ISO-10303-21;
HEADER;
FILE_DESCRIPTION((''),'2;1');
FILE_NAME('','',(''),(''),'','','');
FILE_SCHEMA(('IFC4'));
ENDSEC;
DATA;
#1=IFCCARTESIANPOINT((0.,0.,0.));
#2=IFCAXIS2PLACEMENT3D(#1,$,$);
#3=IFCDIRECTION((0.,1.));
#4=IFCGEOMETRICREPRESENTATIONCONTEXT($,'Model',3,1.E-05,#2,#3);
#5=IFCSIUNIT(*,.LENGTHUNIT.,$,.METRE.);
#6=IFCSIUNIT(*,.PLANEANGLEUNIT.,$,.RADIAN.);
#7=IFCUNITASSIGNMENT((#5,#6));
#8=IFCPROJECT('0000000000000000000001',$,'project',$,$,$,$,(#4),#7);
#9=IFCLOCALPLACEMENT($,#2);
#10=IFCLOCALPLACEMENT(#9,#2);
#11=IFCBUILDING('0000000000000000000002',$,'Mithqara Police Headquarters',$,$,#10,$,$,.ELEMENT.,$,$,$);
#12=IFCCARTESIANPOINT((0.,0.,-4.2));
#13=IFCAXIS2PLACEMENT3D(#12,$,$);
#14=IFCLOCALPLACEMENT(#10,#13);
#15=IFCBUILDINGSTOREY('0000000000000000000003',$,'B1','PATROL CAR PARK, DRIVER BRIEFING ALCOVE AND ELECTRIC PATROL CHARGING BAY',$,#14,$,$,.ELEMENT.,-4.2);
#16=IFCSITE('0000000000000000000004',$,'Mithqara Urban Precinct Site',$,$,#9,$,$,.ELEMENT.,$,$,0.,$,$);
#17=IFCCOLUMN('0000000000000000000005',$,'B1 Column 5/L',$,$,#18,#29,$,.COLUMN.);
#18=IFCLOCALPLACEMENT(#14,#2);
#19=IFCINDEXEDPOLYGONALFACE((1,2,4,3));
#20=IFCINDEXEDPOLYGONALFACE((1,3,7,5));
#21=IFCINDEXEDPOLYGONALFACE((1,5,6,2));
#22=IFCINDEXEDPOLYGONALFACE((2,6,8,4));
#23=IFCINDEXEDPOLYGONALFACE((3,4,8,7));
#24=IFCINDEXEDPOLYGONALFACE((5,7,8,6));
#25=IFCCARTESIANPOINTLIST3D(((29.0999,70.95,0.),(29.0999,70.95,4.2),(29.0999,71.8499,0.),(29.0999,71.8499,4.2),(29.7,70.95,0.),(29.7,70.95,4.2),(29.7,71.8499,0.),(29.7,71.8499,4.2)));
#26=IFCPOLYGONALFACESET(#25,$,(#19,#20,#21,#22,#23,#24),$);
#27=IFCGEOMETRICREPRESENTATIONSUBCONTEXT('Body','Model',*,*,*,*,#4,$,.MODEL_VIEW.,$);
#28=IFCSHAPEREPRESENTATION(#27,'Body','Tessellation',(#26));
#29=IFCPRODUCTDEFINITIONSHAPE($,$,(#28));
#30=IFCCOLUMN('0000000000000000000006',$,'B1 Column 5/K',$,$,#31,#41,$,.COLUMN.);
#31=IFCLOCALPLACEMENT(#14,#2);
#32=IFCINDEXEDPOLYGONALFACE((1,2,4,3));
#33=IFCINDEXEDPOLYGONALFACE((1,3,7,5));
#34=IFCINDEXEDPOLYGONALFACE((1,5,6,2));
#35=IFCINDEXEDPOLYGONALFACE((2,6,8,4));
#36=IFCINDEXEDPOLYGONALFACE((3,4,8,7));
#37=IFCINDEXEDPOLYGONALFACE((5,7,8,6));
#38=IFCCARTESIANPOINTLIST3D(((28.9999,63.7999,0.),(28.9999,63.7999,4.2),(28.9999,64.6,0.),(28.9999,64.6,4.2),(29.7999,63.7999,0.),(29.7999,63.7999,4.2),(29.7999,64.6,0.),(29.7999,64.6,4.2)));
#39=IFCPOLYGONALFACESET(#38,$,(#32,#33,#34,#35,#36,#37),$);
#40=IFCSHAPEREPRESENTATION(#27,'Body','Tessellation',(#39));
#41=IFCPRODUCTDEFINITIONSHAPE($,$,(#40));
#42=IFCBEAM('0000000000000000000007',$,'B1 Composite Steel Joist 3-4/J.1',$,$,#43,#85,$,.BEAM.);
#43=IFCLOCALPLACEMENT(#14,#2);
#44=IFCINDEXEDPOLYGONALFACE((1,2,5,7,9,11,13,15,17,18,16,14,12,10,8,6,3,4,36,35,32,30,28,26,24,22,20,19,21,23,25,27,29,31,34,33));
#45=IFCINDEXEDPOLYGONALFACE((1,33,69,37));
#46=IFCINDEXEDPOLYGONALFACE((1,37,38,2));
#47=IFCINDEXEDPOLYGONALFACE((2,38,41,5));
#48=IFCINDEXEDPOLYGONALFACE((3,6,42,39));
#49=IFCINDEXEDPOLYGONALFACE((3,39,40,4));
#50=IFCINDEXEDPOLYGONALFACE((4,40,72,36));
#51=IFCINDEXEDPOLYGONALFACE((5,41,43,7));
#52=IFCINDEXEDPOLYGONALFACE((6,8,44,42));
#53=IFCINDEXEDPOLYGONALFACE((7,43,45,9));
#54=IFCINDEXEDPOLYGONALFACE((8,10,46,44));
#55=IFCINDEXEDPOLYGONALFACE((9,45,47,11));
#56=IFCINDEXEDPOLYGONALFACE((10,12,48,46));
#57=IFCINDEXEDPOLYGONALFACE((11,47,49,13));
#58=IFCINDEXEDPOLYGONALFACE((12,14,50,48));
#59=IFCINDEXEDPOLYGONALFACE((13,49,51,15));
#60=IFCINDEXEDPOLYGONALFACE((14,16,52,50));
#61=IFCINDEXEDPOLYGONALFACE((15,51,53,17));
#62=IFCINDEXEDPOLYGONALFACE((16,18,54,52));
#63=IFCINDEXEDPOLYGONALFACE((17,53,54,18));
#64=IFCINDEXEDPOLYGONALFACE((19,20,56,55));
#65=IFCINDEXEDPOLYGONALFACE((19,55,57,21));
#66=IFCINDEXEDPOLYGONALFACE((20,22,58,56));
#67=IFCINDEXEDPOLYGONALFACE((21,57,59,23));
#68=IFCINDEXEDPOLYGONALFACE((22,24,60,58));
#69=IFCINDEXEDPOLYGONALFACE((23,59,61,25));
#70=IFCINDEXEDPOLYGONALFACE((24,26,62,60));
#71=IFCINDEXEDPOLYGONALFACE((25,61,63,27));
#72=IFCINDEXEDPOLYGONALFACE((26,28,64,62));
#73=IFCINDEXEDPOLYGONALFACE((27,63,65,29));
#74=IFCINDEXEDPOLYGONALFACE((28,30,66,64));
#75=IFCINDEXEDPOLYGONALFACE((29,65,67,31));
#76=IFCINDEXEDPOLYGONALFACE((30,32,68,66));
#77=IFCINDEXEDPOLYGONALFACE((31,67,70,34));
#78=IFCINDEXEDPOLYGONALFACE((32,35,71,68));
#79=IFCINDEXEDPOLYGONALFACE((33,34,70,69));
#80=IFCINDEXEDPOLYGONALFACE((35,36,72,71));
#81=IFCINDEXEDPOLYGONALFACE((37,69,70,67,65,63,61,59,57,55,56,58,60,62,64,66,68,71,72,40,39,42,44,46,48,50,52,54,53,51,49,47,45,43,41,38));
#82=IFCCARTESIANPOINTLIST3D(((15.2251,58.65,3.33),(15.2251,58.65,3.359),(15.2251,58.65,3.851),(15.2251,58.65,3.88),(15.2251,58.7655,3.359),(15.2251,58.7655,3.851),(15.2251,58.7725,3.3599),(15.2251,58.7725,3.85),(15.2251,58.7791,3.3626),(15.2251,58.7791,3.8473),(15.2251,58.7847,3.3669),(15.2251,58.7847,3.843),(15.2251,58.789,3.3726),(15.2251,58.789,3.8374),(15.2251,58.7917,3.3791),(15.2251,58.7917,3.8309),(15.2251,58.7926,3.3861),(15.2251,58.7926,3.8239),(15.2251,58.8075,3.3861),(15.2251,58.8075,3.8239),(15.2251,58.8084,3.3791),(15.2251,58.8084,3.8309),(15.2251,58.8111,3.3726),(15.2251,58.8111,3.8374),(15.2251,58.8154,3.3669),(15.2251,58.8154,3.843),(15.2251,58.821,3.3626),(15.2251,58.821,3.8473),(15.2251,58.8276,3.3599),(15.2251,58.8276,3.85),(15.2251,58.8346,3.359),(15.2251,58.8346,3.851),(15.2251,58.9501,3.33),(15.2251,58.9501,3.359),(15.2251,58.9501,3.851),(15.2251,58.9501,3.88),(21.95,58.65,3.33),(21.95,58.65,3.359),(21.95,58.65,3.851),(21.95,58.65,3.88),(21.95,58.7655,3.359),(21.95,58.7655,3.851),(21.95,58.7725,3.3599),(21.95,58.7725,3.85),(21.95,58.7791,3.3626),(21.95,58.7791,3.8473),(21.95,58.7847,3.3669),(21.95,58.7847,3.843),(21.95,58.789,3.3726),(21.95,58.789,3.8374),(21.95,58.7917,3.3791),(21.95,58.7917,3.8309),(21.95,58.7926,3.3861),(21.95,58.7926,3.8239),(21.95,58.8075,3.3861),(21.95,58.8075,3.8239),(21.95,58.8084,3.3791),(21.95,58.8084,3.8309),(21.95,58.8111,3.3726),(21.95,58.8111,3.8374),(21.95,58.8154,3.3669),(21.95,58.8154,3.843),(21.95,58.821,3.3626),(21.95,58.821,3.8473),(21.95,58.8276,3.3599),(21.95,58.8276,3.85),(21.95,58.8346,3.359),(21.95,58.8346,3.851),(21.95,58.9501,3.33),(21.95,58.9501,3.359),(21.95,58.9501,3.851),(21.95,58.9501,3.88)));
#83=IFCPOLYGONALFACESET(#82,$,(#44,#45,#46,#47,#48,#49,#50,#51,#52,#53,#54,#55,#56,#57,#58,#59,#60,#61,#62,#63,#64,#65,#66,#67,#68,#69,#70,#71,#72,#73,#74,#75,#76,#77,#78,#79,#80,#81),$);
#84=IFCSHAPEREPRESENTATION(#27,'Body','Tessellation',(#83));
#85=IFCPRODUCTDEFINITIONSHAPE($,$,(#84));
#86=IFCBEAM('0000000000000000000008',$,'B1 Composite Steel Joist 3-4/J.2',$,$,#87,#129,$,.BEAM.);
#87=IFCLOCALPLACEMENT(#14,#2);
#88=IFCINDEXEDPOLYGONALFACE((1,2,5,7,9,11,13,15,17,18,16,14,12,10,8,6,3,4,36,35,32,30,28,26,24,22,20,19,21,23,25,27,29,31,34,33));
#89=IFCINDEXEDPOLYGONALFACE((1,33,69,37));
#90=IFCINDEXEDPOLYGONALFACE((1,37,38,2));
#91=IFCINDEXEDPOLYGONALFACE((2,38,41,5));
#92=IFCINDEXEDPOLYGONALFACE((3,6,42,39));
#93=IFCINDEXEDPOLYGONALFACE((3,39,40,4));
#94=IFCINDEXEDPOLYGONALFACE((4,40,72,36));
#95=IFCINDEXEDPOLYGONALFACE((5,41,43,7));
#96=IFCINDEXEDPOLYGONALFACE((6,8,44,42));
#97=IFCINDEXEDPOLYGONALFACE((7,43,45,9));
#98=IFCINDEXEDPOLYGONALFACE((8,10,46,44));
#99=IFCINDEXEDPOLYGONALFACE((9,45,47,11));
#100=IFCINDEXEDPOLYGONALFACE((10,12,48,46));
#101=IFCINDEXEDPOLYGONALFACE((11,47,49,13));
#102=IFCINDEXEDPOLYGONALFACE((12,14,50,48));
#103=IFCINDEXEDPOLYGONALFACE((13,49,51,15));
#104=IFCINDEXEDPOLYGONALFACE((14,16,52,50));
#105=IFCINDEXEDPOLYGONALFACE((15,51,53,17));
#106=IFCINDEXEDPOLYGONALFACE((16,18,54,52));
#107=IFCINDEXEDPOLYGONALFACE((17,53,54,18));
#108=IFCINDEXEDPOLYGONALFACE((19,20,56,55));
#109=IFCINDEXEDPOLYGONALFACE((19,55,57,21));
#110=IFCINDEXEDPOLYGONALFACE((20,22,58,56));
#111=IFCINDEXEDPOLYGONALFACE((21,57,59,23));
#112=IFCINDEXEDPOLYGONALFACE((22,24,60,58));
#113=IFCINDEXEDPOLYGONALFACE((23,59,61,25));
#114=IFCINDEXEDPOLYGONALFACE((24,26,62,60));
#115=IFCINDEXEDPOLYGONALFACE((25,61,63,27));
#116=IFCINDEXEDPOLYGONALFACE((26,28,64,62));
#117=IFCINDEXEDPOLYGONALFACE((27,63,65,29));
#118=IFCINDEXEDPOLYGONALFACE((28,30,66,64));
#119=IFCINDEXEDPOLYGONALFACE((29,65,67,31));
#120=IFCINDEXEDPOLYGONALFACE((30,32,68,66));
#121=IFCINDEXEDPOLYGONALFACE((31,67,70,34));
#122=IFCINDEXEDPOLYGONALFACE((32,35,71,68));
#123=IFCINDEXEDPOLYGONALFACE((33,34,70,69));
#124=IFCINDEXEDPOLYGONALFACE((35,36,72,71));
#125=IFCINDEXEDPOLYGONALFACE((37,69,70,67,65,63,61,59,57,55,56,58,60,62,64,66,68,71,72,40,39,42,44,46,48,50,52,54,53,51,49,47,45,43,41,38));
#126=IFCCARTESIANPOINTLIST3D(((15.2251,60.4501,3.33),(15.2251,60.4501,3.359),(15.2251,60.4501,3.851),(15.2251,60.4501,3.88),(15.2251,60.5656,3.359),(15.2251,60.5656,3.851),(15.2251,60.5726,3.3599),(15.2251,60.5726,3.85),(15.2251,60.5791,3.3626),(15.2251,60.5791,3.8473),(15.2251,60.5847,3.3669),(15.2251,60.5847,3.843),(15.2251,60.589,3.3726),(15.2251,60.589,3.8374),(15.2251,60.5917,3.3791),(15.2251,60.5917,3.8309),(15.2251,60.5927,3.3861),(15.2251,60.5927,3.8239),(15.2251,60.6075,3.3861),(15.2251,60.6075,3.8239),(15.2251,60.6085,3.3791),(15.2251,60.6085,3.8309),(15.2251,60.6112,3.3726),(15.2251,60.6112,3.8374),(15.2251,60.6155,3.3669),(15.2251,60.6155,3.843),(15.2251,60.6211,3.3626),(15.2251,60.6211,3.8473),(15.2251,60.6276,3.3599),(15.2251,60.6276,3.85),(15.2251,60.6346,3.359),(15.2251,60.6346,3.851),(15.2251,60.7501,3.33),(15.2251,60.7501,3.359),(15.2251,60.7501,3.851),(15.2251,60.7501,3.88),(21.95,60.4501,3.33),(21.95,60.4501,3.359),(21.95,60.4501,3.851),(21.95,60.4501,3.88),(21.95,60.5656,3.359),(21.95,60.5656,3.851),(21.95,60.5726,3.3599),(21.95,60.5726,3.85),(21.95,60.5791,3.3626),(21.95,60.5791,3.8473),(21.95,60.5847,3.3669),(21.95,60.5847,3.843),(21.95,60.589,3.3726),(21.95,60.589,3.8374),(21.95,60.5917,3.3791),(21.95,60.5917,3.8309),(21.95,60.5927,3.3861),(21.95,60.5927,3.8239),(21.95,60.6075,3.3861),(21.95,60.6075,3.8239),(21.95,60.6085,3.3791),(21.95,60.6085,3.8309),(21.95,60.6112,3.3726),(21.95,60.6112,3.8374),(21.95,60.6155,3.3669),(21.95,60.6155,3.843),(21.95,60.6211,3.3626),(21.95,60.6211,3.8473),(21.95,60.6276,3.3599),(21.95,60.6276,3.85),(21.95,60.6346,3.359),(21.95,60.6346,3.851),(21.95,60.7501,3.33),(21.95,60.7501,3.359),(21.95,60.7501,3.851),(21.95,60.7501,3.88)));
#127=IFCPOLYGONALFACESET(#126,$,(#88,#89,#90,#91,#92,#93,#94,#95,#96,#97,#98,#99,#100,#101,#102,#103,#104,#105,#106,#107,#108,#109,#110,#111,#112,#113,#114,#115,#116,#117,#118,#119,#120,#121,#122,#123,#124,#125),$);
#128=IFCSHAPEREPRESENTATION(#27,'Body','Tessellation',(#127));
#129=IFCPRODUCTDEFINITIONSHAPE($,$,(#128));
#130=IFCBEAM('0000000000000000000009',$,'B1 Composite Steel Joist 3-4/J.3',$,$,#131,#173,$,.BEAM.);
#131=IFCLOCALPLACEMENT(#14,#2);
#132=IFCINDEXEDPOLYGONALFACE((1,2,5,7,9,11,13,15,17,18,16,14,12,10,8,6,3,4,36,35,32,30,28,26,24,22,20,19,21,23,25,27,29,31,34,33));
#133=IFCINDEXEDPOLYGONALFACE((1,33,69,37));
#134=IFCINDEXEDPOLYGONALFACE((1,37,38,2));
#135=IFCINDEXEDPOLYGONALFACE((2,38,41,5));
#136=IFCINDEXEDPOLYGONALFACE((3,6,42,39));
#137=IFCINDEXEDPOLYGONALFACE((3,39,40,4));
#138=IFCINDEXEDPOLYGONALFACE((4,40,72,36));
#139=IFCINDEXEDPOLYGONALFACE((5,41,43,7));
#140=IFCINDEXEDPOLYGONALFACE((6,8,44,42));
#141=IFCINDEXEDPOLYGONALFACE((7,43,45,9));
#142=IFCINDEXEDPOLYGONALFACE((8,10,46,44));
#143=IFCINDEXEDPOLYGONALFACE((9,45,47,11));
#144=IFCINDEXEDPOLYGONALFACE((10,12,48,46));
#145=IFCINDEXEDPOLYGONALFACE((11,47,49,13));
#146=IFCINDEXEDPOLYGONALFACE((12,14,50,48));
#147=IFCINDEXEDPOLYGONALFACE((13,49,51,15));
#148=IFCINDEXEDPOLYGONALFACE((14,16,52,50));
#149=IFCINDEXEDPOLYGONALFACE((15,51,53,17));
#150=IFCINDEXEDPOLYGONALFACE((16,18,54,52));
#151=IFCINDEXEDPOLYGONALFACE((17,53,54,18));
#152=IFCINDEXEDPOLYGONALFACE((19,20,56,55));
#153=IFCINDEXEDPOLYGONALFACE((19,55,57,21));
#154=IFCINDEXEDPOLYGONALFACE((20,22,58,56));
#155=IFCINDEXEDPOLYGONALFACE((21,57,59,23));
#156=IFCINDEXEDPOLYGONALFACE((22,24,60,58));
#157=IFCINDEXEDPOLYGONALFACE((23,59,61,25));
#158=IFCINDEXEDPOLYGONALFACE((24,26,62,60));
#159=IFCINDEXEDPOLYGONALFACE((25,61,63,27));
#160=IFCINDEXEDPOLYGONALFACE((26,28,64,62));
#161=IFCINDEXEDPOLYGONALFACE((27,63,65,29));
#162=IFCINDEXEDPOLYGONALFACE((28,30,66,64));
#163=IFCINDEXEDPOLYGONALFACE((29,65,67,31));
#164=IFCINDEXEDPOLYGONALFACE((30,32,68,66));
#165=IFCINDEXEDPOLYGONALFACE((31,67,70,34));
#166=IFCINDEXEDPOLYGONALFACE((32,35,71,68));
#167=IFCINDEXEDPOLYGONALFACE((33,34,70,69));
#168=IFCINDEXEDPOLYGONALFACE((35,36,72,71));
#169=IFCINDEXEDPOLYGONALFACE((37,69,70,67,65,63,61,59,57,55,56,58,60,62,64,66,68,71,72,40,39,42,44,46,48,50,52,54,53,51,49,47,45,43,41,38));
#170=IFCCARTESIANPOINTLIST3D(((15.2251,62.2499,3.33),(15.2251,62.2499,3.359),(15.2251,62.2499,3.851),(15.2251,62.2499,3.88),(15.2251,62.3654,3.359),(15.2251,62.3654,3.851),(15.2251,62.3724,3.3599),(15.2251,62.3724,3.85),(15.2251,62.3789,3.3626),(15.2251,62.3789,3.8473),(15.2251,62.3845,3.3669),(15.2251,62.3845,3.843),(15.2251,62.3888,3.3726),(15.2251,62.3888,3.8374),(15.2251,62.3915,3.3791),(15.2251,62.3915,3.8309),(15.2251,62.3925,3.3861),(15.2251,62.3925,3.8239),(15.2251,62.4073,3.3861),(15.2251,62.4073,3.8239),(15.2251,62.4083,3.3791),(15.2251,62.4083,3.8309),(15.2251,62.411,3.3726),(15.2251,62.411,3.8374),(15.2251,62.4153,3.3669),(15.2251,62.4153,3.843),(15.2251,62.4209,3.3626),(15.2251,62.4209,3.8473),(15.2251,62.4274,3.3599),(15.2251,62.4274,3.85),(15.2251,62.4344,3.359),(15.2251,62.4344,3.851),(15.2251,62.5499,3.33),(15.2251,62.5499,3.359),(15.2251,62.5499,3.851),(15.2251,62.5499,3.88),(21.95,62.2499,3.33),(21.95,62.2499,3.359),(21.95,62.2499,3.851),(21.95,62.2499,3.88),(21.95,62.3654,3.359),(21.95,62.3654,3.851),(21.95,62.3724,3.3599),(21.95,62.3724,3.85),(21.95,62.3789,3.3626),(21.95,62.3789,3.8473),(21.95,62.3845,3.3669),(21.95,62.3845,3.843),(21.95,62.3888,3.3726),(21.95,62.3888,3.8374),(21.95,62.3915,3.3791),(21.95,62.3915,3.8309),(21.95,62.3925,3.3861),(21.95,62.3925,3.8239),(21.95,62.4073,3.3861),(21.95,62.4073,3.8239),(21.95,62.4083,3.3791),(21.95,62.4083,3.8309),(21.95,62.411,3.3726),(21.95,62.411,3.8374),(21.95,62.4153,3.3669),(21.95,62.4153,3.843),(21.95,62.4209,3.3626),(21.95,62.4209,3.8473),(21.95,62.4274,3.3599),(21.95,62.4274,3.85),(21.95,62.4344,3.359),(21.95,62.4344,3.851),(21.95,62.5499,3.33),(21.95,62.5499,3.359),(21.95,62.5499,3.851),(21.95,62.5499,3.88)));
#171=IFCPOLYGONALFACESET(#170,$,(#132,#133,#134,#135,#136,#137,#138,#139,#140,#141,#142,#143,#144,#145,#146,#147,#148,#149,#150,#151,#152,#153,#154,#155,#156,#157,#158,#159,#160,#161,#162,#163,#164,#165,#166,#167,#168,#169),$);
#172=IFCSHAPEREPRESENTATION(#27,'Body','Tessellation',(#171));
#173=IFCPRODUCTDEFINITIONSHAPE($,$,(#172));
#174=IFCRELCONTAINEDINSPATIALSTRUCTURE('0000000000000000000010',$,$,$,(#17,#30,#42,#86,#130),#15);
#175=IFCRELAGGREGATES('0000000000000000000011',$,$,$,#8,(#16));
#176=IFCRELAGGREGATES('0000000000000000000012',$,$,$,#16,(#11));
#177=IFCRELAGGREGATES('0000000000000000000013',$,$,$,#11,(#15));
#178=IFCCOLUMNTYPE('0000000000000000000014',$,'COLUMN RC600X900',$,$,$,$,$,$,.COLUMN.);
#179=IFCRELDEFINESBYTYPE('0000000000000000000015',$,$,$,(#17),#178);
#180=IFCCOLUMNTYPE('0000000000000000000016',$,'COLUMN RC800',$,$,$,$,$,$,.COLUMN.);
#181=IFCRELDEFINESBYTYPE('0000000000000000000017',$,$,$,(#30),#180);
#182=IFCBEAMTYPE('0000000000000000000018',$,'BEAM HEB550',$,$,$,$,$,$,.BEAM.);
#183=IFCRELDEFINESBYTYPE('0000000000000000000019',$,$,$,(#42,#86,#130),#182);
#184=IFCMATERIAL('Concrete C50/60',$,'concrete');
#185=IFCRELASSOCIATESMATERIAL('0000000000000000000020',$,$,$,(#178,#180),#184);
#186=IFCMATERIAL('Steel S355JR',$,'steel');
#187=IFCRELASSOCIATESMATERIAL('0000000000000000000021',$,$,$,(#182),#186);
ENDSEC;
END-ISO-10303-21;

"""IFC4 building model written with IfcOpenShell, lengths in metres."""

from ifc_helpers import new_model, si_unit, direction, frame, origin, origin_2d, place, context, subcontext, project, spatial, rectangle, i_section, extrude, material, material_profile, profile_set, type_object, element, save


model = new_model("IFC4")

# Units and contexts
model_context = context("Model", 3, precision=1e-05, world=origin(), true_north=direction((0.0, 1.0)))
body_context = subcontext(model_context, "Body", "Model", "MODEL_VIEW")
ifc_project = project(units=[si_unit("LENGTHUNIT", "METRE"), si_unit("PLANEANGLEUNIT", "RADIAN")], contexts=[model_context])

# Site, building, storey
site_placement = place(None, origin())
site = spatial("IfcSite", under=ifc_project, at=site_placement, Name="Mithqara Urban Precinct Site", CompositionType="ELEMENT", RefElevation=0.0)
building_placement = place(site_placement, origin())
building = spatial("IfcBuilding", under=site, at=building_placement, Name="Mithqara Police Headquarters", CompositionType="ELEMENT")
storey_placement = place(building_placement, frame((0.0, 0.0, -4.2)))
storey = spatial("IfcBuildingStorey", under=building, at=storey_placement, Name="B1", Description="PATROL CAR PARK, DRIVER BRIEFING ALCOVE AND ELECTRIC PATROL CHARGING BAY", CompositionType="ELEMENT", Elevation=-4.2)

# Columns
ifc_material_1 = material(Name="Concrete C50/60", Category="concrete")
ifc_material_profile_1 = material_profile(ifc_material_1, rectangle(XDim=0.6001, YDim=0.8999, at=origin_2d()), Name="RC 600x900")
ifc_profile_set_1 = profile_set([ifc_material_profile_1], Name="Concrete C50/60")
column_type_1 = type_object("IfcColumnType", Name="COLUMN RC600X900", PredefinedType="COLUMN", material=ifc_profile_set_1)
column_1_placement = place(storey_placement, frame((29.3999, 71.3999, 0.0), z_axis=(0.0, 0.0, 1.0), x_axis=(1.0, 0.0, 0.0)))
element("IfcColumn", 1, at=column_1_placement, inside=storey, type_object=column_type_1, Name="B1 Column 5/L", PredefinedType="COLUMN", context=body_context, shape_type="SweptSolid", body=[
    extrude(rectangle(XDim=0.6001, YDim=0.8999, at=origin_2d()), origin(), (0.0, 0.0, 1.0), 4.2),
])
ifc_material_profile_2 = material_profile(ifc_material_1, rectangle(XDim=0.8, YDim=0.8, at=origin_2d()), Name="RC 800x800")
ifc_profile_set_2 = profile_set([ifc_material_profile_2], Name="Concrete C50/60")
column_type_2 = type_object("IfcColumnType", Name="COLUMN RC800", PredefinedType="COLUMN", material=ifc_profile_set_2)
column_2_placement = place(storey_placement, frame((29.3999, 64.2, 0.0), z_axis=(0.0, 0.0, 1.0), x_axis=(1.0, 0.0, 0.0)))
element("IfcColumn", 2, at=column_2_placement, inside=storey, type_object=column_type_2, Name="B1 Column 5/K", PredefinedType="COLUMN", context=body_context, shape_type="SweptSolid", body=[
    extrude(rectangle(XDim=0.8, YDim=0.8, at=origin_2d()), origin(), (0.0, 0.0, 1.0), 4.2),
])

# Beams
ifc_material_2 = material(Name="Steel S355JR", Category="steel")
ifc_material_profile_3 = material_profile(ifc_material_2, i_section(OverallWidth=0.3, OverallDepth=0.55, WebThickness=0.0149, FlangeThickness=0.0291, FilletRadius=0.0271, at=origin_2d()), Name="HEB 550")
ifc_profile_set_3 = profile_set([ifc_material_profile_3], Name="Steel S355JR")
beam_type_1 = type_object("IfcBeamType", Name="BEAM HEB550", PredefinedType="BEAM", material=ifc_profile_set_3)
for number, where, z_axis, x_axis, name in (
    (3, (15.2251, 58.8, 3.605), (1.0, 0.0, 0.0), (0.0, 1.0, 0.0), "B1 Composite Steel Joist 3-4/J.1"),
    (4, (15.2251, 60.6001, 3.605), (1.0, 0.0, 0.0), (0.0, 1.0, 0.0), "B1 Composite Steel Joist 3-4/J.2"),
    (5, (15.2251, 62.3999, 3.605), (1.0, 0.0, 0.0), (0.0, 1.0, 0.0), "B1 Composite Steel Joist 3-4/J.3"),
):
    element("IfcBeam", number, at=place(storey_placement, frame(where, z_axis=z_axis, x_axis=x_axis)), inside=storey, type_object=beam_type_1, Name=name, PredefinedType="BEAM", context=body_context, shape_type="SweptSolid", body=[
        extrude(i_section(OverallWidth=0.3, OverallDepth=0.55, WebThickness=0.0149, FlangeThickness=0.0291, FilletRadius=0.0271, at=origin_2d()), origin(), (0.0, 0.0, 1.0), 6.7249),
    ])

save(model, "model.ifc")
